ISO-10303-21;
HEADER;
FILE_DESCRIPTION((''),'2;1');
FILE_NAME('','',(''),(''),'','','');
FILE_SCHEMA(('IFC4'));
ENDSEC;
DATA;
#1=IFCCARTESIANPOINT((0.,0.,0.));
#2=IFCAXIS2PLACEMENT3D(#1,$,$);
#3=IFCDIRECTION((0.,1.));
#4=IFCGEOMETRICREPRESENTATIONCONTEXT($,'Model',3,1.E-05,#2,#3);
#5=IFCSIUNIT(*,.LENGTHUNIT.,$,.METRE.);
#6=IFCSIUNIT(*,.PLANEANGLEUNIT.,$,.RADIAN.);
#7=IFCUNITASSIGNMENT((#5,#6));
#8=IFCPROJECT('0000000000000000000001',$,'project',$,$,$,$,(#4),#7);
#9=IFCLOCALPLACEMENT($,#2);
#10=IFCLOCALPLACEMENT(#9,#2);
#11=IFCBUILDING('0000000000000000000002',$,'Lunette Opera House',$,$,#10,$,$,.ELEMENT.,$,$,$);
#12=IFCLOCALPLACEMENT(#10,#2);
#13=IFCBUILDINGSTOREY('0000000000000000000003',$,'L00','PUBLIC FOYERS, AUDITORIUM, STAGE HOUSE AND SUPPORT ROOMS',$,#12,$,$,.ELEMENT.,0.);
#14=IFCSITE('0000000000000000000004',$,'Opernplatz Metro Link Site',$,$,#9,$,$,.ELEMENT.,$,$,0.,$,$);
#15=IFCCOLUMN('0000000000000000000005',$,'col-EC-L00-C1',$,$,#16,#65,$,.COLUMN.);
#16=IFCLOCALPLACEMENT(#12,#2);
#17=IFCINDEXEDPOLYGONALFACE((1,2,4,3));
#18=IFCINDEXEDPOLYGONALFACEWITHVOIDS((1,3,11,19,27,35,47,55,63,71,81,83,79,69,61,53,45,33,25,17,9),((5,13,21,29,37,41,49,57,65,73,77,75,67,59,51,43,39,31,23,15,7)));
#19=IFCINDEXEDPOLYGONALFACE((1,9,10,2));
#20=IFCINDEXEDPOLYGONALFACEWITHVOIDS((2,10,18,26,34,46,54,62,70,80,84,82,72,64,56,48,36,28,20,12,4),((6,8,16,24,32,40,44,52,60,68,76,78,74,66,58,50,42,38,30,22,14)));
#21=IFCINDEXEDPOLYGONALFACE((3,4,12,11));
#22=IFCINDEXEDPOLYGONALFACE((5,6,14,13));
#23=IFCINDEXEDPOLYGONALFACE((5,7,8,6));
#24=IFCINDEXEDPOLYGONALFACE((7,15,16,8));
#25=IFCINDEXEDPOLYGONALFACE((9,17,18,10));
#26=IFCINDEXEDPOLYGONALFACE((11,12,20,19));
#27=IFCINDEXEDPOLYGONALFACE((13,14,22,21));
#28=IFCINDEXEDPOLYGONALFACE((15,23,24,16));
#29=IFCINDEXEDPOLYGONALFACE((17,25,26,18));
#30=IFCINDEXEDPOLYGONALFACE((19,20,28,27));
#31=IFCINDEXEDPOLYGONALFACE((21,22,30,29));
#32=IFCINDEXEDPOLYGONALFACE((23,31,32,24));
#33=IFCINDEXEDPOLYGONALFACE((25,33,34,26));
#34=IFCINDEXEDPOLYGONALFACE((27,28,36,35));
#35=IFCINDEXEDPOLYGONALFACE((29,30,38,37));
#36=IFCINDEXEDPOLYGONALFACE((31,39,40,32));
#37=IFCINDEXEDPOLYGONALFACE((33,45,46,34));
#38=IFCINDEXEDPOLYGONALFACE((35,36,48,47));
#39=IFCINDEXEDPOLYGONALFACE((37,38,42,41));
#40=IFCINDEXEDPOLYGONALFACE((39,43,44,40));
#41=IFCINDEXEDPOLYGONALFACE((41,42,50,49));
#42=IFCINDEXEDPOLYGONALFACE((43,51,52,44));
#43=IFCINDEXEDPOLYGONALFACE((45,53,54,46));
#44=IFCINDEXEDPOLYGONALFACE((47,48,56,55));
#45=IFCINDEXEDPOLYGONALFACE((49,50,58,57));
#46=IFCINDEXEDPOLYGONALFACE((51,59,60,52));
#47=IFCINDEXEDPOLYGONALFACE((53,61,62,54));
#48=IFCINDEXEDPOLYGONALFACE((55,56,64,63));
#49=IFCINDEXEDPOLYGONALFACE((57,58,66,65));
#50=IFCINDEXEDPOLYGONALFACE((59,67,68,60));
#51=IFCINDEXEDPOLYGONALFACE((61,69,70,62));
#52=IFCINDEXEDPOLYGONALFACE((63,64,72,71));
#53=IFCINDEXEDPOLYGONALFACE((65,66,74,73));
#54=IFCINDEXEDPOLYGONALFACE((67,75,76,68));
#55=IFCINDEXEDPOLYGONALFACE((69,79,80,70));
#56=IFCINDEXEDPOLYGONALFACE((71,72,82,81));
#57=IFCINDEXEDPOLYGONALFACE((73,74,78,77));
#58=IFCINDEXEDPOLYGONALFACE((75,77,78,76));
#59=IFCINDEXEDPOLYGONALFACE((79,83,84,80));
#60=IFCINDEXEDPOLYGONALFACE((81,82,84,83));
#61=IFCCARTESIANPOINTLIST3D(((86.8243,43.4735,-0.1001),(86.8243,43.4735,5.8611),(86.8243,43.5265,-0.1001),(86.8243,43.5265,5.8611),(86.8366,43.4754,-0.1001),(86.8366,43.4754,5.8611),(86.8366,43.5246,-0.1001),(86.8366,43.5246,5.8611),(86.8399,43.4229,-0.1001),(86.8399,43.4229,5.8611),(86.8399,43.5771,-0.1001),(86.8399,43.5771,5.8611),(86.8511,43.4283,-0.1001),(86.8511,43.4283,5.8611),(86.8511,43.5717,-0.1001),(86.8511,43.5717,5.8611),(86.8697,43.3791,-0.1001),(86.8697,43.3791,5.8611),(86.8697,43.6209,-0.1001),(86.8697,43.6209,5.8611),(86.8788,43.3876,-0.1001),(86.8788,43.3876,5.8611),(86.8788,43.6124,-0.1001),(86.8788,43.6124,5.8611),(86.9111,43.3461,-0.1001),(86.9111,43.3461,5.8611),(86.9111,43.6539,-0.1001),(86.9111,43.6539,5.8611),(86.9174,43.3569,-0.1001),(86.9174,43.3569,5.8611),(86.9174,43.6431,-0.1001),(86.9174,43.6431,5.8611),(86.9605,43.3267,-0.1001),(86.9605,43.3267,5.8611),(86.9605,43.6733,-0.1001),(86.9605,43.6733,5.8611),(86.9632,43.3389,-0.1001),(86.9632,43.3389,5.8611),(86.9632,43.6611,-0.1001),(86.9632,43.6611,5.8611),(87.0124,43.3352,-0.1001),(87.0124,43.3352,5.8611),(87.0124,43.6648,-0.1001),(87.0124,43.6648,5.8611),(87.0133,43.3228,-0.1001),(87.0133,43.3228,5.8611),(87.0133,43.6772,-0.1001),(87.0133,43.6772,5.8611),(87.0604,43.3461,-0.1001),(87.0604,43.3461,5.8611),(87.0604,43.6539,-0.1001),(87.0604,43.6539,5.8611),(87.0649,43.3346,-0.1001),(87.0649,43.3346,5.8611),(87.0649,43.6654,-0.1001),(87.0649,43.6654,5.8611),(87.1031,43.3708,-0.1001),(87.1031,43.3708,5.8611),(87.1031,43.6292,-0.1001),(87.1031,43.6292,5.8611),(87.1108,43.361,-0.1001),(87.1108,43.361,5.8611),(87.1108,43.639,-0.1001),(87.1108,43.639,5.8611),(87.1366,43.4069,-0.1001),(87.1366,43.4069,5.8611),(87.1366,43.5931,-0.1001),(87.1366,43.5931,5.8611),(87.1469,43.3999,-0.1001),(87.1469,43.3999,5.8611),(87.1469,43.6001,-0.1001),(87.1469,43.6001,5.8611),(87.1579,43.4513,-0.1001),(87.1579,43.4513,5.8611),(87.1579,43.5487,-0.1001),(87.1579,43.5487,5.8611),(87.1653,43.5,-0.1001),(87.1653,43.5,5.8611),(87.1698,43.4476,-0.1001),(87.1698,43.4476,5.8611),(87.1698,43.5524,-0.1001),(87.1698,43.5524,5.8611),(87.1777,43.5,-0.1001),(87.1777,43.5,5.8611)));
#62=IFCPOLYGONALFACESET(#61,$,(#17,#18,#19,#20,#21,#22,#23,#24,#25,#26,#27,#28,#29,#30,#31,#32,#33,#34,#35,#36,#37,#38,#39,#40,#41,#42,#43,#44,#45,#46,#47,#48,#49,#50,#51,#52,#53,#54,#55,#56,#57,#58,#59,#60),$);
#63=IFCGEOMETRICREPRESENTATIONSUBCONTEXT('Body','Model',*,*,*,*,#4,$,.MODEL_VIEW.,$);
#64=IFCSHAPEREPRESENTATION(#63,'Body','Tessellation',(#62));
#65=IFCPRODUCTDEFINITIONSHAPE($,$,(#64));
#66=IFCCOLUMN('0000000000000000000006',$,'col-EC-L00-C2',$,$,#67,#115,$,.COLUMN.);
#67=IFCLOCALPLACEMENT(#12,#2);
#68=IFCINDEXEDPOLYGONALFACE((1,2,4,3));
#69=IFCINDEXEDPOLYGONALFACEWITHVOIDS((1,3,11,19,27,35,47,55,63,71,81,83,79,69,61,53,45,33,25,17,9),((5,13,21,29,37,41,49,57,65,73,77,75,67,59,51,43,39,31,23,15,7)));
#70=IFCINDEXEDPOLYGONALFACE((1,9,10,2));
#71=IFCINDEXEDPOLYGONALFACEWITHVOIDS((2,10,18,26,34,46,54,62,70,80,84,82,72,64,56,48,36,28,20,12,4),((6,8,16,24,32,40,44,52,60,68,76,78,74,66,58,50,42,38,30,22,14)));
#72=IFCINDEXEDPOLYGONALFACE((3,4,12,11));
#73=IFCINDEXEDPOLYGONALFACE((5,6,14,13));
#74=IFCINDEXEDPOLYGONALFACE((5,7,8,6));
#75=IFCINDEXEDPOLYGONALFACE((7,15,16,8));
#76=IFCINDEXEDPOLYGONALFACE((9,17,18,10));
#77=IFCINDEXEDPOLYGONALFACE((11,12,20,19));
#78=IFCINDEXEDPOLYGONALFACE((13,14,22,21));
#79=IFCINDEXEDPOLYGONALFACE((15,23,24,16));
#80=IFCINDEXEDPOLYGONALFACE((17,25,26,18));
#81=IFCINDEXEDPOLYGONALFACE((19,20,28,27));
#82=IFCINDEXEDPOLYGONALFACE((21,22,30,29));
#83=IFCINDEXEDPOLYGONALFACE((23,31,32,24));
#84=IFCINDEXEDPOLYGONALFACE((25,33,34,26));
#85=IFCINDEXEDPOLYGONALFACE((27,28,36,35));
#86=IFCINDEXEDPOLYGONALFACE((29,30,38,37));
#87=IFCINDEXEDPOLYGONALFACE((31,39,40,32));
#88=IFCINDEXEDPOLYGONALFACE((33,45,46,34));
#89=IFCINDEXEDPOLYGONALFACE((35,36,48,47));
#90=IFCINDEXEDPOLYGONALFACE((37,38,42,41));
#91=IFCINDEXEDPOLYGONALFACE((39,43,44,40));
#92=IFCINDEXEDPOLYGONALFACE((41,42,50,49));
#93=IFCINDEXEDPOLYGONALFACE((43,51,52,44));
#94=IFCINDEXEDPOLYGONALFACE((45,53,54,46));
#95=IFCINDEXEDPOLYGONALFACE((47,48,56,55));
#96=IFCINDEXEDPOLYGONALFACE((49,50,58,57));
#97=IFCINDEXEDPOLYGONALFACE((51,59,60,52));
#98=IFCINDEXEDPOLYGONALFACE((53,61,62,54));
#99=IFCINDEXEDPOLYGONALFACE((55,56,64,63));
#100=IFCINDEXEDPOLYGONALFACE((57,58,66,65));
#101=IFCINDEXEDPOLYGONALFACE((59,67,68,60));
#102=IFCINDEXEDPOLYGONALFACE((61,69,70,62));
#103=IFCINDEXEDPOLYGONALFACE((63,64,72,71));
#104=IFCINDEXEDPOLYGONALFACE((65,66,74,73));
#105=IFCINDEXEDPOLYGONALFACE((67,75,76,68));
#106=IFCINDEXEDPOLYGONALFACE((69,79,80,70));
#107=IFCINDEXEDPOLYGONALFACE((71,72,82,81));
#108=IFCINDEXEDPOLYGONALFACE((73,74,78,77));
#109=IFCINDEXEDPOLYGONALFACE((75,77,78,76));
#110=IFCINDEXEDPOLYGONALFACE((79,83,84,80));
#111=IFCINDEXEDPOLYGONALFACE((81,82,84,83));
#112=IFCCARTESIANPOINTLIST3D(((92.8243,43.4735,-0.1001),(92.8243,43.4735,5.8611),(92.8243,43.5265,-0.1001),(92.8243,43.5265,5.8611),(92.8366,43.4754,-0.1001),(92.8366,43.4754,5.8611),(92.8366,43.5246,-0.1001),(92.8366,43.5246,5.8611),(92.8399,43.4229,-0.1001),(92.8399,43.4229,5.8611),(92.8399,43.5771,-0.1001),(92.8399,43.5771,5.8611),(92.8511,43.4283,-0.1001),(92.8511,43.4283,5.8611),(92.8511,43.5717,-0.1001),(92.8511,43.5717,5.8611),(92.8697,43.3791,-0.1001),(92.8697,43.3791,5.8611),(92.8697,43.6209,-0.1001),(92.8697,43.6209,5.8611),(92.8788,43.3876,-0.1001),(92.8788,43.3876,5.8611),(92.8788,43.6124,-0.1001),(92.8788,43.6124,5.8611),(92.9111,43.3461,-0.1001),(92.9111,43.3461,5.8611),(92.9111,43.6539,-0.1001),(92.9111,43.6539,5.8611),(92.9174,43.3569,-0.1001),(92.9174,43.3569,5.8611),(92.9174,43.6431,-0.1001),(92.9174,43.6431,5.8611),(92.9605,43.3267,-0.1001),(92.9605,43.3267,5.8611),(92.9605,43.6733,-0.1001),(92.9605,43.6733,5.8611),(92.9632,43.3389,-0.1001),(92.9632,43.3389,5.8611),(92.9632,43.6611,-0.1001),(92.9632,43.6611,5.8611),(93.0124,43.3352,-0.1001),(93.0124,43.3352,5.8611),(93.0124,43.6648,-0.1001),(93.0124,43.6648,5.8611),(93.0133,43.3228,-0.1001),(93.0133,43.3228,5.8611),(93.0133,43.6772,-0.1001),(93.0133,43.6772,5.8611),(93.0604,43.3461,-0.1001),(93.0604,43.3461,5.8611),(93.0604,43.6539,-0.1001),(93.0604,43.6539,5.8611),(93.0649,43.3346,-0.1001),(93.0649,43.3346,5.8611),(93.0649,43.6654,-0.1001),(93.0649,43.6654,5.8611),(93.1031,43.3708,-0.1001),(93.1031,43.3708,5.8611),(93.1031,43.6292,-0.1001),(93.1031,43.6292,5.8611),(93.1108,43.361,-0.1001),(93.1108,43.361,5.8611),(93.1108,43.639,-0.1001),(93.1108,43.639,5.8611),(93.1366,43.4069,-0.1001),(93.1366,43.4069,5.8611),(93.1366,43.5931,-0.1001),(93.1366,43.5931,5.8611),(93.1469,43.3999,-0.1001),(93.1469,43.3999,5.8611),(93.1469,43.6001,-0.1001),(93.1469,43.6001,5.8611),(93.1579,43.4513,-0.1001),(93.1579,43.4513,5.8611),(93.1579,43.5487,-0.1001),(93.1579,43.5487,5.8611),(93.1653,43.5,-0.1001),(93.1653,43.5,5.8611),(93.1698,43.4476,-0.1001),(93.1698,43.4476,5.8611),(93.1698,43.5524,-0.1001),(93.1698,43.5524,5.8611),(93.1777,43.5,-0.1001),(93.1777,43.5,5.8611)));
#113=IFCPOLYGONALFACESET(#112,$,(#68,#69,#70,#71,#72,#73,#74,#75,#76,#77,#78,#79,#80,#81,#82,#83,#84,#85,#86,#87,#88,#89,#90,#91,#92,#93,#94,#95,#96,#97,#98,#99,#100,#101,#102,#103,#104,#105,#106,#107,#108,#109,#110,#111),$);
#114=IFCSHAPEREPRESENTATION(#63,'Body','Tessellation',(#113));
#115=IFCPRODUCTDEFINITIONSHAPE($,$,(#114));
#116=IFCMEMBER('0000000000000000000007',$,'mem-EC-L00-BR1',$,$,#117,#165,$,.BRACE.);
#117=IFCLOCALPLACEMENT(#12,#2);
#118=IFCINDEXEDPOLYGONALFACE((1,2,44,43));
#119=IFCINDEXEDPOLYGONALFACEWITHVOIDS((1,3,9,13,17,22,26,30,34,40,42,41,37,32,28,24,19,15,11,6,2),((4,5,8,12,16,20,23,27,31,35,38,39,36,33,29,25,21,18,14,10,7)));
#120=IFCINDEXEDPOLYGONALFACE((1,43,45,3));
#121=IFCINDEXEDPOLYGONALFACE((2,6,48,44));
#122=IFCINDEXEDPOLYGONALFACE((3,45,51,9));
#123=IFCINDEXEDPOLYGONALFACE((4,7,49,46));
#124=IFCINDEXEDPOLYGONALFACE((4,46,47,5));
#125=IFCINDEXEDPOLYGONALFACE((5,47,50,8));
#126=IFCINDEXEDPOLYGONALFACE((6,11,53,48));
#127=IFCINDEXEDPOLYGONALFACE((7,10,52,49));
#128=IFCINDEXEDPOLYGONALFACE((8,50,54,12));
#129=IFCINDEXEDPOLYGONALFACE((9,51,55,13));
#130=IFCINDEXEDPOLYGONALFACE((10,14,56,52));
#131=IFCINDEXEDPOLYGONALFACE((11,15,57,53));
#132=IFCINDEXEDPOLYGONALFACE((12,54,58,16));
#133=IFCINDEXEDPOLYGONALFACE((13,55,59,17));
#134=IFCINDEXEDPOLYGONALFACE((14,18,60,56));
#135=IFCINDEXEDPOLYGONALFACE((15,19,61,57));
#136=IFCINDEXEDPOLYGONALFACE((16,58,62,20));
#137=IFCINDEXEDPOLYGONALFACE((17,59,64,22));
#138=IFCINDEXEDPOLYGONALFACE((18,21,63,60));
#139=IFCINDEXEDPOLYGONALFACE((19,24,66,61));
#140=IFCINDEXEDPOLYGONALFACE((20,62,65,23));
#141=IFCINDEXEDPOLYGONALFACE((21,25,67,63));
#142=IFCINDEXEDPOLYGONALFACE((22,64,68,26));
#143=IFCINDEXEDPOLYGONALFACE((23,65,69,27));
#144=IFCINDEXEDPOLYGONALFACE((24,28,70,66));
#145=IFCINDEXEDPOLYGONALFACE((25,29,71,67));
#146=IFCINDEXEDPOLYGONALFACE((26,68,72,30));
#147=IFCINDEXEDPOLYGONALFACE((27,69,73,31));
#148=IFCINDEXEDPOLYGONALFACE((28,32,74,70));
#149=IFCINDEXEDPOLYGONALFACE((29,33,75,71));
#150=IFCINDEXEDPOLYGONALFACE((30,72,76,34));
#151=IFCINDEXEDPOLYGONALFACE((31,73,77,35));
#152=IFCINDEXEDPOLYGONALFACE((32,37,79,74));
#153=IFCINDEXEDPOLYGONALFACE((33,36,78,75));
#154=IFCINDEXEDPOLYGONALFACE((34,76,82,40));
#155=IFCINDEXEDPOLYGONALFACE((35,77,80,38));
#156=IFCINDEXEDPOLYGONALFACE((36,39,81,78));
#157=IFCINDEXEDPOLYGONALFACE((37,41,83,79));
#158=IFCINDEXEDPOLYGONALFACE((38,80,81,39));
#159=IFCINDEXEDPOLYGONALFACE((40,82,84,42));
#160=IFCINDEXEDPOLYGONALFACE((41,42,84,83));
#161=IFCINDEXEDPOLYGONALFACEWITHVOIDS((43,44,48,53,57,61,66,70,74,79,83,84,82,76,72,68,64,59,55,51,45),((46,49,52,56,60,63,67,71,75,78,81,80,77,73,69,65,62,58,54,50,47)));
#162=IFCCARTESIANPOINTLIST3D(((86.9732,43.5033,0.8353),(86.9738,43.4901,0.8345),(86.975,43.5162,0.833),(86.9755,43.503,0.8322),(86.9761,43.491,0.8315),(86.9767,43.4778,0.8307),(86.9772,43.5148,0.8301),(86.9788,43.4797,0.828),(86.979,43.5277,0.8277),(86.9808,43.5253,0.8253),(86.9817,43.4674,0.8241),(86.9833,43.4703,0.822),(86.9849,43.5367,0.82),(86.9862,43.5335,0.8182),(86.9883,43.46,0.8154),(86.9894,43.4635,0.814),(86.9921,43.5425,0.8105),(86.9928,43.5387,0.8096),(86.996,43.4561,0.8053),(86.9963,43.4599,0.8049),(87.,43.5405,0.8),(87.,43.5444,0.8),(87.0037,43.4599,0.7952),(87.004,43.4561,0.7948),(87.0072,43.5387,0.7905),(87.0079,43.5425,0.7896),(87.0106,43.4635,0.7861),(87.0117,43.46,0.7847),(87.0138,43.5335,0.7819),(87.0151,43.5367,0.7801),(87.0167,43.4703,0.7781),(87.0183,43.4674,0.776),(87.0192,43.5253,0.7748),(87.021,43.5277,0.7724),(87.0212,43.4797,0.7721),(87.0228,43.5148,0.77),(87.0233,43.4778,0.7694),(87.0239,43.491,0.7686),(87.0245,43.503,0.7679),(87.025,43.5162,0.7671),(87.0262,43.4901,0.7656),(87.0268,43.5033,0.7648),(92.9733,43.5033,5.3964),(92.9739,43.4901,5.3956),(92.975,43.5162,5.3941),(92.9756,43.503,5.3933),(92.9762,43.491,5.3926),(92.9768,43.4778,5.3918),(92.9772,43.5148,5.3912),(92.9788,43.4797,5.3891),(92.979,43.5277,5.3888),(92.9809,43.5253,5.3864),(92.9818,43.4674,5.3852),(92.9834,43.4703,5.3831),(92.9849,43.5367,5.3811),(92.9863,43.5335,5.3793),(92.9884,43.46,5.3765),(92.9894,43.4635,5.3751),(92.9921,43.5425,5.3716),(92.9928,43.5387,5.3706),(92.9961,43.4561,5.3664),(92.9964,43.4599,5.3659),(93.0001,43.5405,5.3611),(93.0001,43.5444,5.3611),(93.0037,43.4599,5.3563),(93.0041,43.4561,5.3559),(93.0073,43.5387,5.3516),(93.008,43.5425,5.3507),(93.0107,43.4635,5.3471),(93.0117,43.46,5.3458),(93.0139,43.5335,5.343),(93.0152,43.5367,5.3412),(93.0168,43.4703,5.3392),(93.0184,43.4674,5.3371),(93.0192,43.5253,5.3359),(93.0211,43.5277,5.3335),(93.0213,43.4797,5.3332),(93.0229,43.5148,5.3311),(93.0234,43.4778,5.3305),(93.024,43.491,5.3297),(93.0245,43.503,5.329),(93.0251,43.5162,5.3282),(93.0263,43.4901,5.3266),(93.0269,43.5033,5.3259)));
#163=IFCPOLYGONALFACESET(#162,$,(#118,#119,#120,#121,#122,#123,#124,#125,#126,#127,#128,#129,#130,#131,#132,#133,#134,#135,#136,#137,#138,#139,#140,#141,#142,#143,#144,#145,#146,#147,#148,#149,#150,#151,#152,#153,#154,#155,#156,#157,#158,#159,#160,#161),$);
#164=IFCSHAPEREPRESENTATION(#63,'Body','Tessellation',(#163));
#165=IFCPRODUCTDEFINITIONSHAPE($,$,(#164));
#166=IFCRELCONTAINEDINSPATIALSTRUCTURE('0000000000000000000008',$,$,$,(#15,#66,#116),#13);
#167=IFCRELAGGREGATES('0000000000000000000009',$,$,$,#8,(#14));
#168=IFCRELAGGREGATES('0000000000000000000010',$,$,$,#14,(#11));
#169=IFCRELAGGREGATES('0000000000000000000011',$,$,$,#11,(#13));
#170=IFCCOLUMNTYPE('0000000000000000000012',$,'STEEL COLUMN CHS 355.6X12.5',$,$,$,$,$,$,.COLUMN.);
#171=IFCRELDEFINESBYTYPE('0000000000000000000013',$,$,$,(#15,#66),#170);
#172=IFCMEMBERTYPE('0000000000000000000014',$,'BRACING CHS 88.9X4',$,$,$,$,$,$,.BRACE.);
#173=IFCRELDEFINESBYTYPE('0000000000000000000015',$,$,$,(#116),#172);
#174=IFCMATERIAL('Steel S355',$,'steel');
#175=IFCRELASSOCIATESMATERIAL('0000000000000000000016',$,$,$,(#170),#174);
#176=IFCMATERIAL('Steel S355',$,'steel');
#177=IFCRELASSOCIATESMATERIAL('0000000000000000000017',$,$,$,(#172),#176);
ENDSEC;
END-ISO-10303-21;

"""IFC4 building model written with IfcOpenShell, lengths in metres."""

from ifc_helpers import new_model, si_unit, direction, frame, origin, origin_2d, place, context, subcontext, project, spatial, hollow_circle, extrude, material, material_profile, profile_set, type_object, element, save


model = new_model("IFC4")

# Units and contexts
model_context = context("Model", 3, precision=1e-05, world=origin(), true_north=direction((0.0, 1.0)))
body_context = subcontext(model_context, "Body", "Model", "MODEL_VIEW")
ifc_project = project(units=[si_unit("LENGTHUNIT", "METRE"), si_unit("PLANEANGLEUNIT", "RADIAN")], contexts=[model_context])

# Site, building, storey
site_placement = place(None, origin())
site = spatial("IfcSite", under=ifc_project, at=site_placement, Name="Opernplatz Metro Link Site", CompositionType="ELEMENT", RefElevation=0.0)
building_placement = place(site_placement, origin())
building = spatial("IfcBuilding", under=site, at=building_placement, Name="Lunette Opera House", CompositionType="ELEMENT")
storey_placement = place(building_placement, origin())
storey = spatial("IfcBuildingStorey", under=building, at=storey_placement, Name="L00", Description="PUBLIC FOYERS, AUDITORIUM, STAGE HOUSE AND SUPPORT ROOMS", CompositionType="ELEMENT", Elevation=0.0)

# Columns
ifc_material_1 = material(Name="Steel S355", Category="steel")
ifc_material_profile_1 = material_profile(ifc_material_1, hollow_circle(Radius=0.1777, WallThickness=0.0125, at=origin_2d()), Name="CHS 355.6X12.5")
ifc_profile_set_1 = profile_set([ifc_material_profile_1], Name="Steel S355")
column_type = type_object("IfcColumnType", Name="STEEL COLUMN CHS 355.6X12.5", PredefinedType="COLUMN", material=ifc_profile_set_1)
for number, where, z_axis, x_axis, name in (
    (1, (87.0, 43.5, -0.1001), (0.0, 0.0, 1.0), (1.0, 0.0, 0.0), "col-EC-L00-C1"),
    (2, (93.0, 43.5, -0.1001), (0.0, 0.0, 1.0), (1.0, 0.0, 0.0), "col-EC-L00-C2"),
):
    element("IfcColumn", number, at=place(storey_placement, frame(where, z_axis=z_axis, x_axis=x_axis)), inside=storey, type_object=column_type, Name=name, PredefinedType="COLUMN", context=body_context, shape_type="SweptSolid", body=[
        extrude(hollow_circle(Radius=0.1777, WallThickness=0.0125, at=origin_2d()), origin(), (0.0, 0.0, 1.0), 5.9612),
    ])

# Member
ifc_material_2 = material(Name="Steel S355", Category="steel")
ifc_material_profile_2 = material_profile(ifc_material_2, hollow_circle(Radius=0.0444, WallThickness=0.0039, at=origin_2d()), Name="CHS 88.9X4")
ifc_profile_set_2 = profile_set([ifc_material_profile_2], Name="Steel S355")
member_type = type_object("IfcMemberType", Name="BRACING CHS 88.9X4", PredefinedType="BRACE", material=ifc_profile_set_2)
for number, where, z_axis, x_axis, name in (
    (3, (87.0, 43.5, 0.8), (0.796096, 0.0, 0.60517), (0.0, 1.0, 0.0), "mem-EC-L00-BR1"),
):
    element("IfcMember", number, at=place(storey_placement, frame(where, z_axis=z_axis, x_axis=x_axis)), inside=storey, type_object=member_type, Name=name, PredefinedType="BRACE", context=body_context, shape_type="SweptSolid", body=[
        extrude(hollow_circle(Radius=0.0444, WallThickness=0.0039, at=origin_2d()), origin(), (0.0, 0.0, 1.0), 7.5369),
    ])

save(model, "model.ifc")
